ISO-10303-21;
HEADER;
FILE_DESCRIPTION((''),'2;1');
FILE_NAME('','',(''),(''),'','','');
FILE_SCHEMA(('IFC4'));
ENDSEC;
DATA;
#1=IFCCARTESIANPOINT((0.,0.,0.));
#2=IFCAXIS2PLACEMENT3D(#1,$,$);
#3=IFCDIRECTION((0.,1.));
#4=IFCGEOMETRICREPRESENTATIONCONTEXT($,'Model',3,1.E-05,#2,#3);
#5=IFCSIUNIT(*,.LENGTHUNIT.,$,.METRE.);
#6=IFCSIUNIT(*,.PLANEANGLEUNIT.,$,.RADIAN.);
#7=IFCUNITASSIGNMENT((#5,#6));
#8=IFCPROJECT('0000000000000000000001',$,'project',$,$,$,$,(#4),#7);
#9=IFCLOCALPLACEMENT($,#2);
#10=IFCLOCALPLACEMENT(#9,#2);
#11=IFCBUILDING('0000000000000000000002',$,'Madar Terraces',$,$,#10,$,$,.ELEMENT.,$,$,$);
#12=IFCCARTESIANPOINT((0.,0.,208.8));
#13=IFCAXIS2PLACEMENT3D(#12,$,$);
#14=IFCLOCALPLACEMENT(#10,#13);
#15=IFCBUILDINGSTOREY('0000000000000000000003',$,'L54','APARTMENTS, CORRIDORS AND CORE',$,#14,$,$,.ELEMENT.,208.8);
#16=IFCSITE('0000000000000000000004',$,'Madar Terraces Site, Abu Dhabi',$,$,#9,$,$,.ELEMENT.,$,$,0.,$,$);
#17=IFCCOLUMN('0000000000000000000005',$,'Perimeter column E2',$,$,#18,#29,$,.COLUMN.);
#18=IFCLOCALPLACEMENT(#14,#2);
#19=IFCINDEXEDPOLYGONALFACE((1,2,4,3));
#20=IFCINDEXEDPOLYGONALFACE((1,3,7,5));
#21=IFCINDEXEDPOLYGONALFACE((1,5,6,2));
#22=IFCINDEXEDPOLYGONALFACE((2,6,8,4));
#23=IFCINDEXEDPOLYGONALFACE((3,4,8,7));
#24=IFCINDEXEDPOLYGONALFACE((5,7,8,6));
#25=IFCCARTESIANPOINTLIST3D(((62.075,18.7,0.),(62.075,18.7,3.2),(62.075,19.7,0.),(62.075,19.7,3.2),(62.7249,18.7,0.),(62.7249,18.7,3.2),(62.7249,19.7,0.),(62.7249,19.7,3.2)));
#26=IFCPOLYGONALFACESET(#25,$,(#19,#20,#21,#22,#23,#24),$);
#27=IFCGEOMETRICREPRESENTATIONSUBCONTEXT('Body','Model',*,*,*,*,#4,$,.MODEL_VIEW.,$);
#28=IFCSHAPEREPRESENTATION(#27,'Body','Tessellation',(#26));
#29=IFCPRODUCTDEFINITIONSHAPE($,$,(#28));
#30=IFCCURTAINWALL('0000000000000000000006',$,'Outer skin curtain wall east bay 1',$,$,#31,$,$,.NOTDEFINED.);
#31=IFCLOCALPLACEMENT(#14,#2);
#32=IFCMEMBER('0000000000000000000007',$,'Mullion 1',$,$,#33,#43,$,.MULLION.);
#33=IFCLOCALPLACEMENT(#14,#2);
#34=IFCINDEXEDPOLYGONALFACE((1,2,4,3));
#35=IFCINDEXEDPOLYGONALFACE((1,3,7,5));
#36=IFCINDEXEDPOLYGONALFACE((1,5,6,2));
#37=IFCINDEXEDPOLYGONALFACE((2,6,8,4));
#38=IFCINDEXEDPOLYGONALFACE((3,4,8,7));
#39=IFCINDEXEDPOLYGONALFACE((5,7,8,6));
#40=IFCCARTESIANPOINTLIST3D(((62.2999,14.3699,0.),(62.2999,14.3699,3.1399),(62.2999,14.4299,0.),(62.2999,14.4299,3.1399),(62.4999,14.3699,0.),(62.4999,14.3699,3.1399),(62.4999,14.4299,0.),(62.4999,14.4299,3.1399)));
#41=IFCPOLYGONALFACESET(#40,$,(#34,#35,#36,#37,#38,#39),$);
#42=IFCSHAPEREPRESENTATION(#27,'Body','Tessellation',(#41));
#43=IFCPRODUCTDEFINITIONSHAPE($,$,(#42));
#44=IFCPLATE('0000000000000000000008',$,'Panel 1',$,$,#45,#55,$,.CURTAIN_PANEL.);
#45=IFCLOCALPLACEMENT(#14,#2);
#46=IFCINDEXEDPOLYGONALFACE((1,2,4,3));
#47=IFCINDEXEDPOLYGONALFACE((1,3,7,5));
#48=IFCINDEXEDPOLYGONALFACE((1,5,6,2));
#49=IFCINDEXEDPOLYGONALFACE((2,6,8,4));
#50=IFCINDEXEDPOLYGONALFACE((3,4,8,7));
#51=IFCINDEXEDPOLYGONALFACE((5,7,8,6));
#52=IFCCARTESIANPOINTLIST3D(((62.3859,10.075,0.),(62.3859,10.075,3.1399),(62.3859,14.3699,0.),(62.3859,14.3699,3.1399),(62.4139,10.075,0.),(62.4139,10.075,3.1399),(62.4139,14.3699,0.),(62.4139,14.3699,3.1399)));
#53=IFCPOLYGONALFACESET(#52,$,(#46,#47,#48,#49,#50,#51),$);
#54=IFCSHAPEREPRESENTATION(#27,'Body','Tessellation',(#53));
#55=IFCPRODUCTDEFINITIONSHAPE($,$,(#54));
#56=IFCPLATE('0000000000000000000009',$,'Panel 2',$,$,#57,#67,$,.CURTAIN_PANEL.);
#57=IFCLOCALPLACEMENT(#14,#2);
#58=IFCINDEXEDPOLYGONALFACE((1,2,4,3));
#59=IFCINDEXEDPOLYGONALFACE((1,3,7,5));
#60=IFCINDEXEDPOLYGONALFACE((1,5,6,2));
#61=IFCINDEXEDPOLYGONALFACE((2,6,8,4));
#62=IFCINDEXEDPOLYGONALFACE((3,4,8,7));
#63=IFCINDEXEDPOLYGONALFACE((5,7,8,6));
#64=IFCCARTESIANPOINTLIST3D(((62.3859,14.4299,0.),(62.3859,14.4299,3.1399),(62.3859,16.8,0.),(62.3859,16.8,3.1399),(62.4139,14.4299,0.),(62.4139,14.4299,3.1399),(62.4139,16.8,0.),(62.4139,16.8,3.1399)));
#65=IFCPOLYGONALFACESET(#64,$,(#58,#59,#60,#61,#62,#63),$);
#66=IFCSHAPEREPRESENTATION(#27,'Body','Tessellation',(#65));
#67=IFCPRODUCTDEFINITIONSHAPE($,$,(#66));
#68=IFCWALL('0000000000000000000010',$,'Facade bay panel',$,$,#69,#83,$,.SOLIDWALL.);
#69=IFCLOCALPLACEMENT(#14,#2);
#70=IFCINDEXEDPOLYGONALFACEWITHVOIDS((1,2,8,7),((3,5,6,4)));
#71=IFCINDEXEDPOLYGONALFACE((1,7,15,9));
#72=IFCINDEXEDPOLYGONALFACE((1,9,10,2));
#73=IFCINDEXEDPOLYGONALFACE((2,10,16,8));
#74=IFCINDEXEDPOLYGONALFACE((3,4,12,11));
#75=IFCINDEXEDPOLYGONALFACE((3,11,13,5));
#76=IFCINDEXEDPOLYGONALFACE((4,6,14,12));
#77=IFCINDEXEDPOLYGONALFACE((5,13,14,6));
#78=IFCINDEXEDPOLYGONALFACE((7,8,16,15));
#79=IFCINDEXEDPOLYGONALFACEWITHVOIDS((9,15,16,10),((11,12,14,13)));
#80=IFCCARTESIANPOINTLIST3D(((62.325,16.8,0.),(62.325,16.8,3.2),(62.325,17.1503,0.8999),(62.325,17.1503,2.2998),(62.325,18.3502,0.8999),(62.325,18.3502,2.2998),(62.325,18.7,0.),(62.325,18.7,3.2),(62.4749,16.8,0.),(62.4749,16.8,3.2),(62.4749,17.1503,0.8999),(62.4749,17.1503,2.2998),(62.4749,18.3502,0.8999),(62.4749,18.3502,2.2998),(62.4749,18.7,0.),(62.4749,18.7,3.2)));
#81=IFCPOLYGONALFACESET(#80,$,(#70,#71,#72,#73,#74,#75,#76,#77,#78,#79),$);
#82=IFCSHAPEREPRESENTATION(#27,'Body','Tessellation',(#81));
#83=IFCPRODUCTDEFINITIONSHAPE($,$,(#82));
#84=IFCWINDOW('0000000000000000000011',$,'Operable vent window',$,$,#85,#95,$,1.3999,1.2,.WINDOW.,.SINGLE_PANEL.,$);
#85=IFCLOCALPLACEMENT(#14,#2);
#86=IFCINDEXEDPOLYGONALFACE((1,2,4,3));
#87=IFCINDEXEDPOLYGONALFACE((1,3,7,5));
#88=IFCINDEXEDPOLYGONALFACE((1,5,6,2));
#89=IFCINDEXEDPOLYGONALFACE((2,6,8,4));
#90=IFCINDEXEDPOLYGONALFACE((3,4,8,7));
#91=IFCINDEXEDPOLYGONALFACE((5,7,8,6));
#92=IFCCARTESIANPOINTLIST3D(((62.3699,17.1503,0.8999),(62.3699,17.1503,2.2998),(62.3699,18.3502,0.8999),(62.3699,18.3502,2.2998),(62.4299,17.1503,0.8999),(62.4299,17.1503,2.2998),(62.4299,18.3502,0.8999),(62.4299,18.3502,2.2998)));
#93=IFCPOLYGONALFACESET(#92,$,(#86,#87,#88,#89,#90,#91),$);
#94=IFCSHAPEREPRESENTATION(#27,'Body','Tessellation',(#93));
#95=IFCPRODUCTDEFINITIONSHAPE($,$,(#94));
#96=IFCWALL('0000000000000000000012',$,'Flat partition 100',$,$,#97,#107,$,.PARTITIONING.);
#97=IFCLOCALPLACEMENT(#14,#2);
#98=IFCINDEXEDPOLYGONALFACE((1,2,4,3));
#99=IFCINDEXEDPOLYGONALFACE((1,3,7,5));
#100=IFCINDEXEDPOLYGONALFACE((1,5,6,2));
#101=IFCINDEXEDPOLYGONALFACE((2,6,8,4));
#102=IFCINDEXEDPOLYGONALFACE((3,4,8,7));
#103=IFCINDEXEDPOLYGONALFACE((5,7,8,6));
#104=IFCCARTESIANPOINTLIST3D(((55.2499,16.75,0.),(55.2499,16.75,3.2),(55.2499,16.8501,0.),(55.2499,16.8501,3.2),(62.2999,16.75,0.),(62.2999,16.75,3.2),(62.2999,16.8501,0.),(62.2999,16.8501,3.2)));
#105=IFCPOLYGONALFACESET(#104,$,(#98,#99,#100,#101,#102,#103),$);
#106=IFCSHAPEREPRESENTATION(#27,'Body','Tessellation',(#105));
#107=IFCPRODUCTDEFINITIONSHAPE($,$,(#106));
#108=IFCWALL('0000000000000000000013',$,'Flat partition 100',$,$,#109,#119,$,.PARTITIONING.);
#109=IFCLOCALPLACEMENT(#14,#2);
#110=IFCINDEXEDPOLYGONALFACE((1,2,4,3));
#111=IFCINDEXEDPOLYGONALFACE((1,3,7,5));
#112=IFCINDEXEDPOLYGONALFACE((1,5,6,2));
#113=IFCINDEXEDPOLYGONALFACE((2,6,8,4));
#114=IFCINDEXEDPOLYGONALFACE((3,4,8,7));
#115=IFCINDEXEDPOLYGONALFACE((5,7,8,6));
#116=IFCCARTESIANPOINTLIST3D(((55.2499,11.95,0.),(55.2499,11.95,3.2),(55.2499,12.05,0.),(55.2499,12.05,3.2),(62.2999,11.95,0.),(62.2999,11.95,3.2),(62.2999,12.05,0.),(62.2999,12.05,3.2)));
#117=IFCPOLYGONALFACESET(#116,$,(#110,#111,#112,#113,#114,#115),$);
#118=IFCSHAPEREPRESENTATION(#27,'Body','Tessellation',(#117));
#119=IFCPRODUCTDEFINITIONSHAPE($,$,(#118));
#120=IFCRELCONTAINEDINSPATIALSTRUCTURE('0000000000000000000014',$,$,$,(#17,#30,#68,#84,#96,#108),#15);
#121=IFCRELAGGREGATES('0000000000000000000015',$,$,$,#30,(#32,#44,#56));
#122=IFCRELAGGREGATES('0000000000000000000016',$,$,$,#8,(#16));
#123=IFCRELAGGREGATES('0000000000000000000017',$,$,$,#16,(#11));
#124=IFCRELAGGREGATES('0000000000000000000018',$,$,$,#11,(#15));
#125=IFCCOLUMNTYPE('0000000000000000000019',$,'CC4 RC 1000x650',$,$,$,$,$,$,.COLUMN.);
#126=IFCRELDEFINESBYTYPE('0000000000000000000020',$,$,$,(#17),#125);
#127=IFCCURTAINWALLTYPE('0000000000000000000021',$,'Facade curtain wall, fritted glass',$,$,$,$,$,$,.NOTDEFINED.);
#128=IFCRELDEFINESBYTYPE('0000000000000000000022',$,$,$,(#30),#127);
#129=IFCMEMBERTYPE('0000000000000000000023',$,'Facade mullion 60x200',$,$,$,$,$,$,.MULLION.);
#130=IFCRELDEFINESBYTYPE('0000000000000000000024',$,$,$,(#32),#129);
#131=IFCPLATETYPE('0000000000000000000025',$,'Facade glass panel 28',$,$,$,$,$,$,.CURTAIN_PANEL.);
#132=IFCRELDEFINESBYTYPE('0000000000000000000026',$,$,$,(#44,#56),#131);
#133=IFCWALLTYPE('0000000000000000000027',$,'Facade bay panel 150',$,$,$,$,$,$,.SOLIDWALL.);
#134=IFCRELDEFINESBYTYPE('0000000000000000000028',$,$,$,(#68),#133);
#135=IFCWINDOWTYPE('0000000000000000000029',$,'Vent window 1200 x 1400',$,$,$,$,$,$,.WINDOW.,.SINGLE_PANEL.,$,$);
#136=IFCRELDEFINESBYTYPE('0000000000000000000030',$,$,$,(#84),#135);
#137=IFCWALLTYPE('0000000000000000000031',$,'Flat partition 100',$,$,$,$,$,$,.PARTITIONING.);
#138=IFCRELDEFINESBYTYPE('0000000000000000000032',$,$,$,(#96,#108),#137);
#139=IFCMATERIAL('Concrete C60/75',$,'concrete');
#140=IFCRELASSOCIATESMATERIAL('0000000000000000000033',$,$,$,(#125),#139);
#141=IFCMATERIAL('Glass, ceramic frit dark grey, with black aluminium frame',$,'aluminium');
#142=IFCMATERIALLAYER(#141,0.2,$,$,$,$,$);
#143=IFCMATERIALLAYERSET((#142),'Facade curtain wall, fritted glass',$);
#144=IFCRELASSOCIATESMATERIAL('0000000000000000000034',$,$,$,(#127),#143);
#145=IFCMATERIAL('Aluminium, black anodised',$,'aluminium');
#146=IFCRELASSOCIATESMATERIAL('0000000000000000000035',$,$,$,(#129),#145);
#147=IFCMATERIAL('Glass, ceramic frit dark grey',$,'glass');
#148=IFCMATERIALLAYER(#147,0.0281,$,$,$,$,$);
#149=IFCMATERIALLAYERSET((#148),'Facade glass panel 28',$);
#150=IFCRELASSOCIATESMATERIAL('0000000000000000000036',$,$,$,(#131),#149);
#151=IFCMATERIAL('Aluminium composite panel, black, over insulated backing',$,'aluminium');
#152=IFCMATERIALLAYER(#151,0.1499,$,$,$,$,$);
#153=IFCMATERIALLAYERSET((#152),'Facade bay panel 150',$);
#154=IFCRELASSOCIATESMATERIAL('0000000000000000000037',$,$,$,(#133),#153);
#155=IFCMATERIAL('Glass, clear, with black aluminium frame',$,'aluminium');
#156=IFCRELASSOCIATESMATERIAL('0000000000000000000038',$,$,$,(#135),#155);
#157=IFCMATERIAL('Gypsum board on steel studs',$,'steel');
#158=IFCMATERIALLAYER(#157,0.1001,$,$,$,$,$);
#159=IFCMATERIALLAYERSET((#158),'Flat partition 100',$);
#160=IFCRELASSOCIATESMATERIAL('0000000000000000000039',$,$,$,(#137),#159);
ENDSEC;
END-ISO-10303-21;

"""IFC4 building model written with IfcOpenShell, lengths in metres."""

from ifc_helpers import new_model, si_unit, direction, frame, frame_2d, origin, origin_2d, place, context, subcontext, project, spatial, rectangle, extrude, material, layer, layer_set, material_profile, profile_set, type_object, element, fill, aggregate, save


model = new_model("IFC4")

# Units and contexts
model_context = context("Model", 3, precision=1e-05, world=origin(), true_north=direction((0.0, 1.0)))
body_context = subcontext(model_context, "Body", "Model", "MODEL_VIEW")
ifc_project = project(units=[si_unit("LENGTHUNIT", "METRE"), si_unit("PLANEANGLEUNIT", "RADIAN")], contexts=[model_context])

# Site, building, storey
site_placement = place(None, origin())
site = spatial("IfcSite", under=ifc_project, at=site_placement, Name="Madar Terraces Site, Abu Dhabi", CompositionType="ELEMENT", RefElevation=0.0)
building_placement = place(site_placement, origin())
building = spatial("IfcBuilding", under=site, at=building_placement, Name="Madar Terraces", CompositionType="ELEMENT")
storey_placement = place(building_placement, frame((0.0, 0.0, 208.8)))
storey = spatial("IfcBuildingStorey", under=building, at=storey_placement, Name="L54", Description="APARTMENTS, CORRIDORS AND CORE", CompositionType="ELEMENT", Elevation=208.8)

# Column
ifc_material_1 = material(Name="Concrete C60/75", Category="concrete")
ifc_material_profile_1 = material_profile(ifc_material_1, rectangle(XDim=1.0, YDim=0.6499, at=origin_2d()), Name="CC4 RC 1000x650")
ifc_profile_set_1 = profile_set([ifc_material_profile_1], Name="Concrete C60/75")
column_type = type_object("IfcColumnType", Name="CC4 RC 1000x650", PredefinedType="COLUMN", material=ifc_profile_set_1)
column_placement = place(storey_placement, frame((62.3999, 19.2, 0.0), z_axis=(0.0, 0.0, 1.0), x_axis=(0.0, 1.0, 0.0)))
element("IfcColumn", 1, at=column_placement, inside=storey, type_object=column_type, Name="Perimeter column E2", PredefinedType="COLUMN", context=body_context, shape_type="SweptSolid", body=[
    extrude(rectangle(XDim=1.0, YDim=0.6499, at=origin_2d()), origin(), (0.0, 0.0, 1.0), 3.2),
])

# Curtain wall, member, plates
ifc_material_2 = material(Name="Glass, ceramic frit dark grey, with black aluminium frame", Category="aluminium")
ifc_layer_1 = layer(ifc_material_2, 0.2)
ifc_layer_set_1 = layer_set([ifc_layer_1], Name="Facade curtain wall, fritted glass")
curtain_wall_type = type_object("IfcCurtainWallType", Name="Facade curtain wall, fritted glass", PredefinedType="NOTDEFINED", material=ifc_layer_set_1)
curtain_wall_placement = place(storey_placement, origin())
curtain_wall = element("IfcCurtainWall", 2, at=curtain_wall_placement, inside=storey, type_object=curtain_wall_type, Name="Outer skin curtain wall east bay 1", PredefinedType="NOTDEFINED")
ifc_material_3 = material(Name="Aluminium, black anodised", Category="aluminium")
ifc_material_profile_2 = material_profile(ifc_material_3, rectangle(XDim=0.2, YDim=0.0601, at=origin_2d()), Name="Facade mullion 60x200")
ifc_profile_set_2 = profile_set([ifc_material_profile_2], Name="Aluminium, black anodised")
member_type = type_object("IfcMemberType", Name="Facade mullion 60x200", PredefinedType="MULLION", material=ifc_profile_set_2)
member_placement = place(storey_placement, frame((62.3999, 14.3999, 0.0), z_axis=(0.0, 0.0, 1.0), x_axis=(-1.0, 0.0, 0.0)))
member = element("IfcMember", 3, at=member_placement, type_object=member_type, Name="Mullion 1", PredefinedType="MULLION", context=body_context, shape_type="SweptSolid", body=[
    extrude(rectangle(XDim=0.2, YDim=0.0601, at=origin_2d()), origin(), (0.0, 0.0, 1.0), 3.1399),
])
ifc_material_4 = material(Name="Glass, ceramic frit dark grey", Category="glass")
ifc_layer_2 = layer(ifc_material_4, 0.0281)
ifc_layer_set_2 = layer_set([ifc_layer_2], Name="Facade glass panel 28")
plate_type = type_object("IfcPlateType", Name="Facade glass panel 28", PredefinedType="CURTAIN_PANEL", material=ifc_layer_set_2)
plate_1_placement = place(storey_placement, frame((62.3999, 12.2224, 0.0), z_axis=(0.0, 0.0, 1.0), x_axis=(0.0, 1.0, 0.0)))
plate_1 = element("IfcPlate", 4, at=plate_1_placement, type_object=plate_type, Name="Panel 1", PredefinedType="CURTAIN_PANEL", context=body_context, shape_type="SweptSolid", body=[
    extrude(rectangle(XDim=4.2949, YDim=0.0281, at=origin_2d()), origin(), (0.0, 0.0, 1.0), 3.1399),
])
plate_2_placement = place(storey_placement, frame((62.3999, 15.615, 0.0), z_axis=(0.0, 0.0, 1.0), x_axis=(0.0, 1.0, 0.0)))
plate_2 = element("IfcPlate", 5, at=plate_2_placement, type_object=plate_type, Name="Panel 2", PredefinedType="CURTAIN_PANEL", context=body_context, shape_type="SweptSolid", body=[
    extrude(rectangle(XDim=2.3701, YDim=0.0281, at=origin_2d()), origin(), (0.0, 0.0, 1.0), 3.1399),
])
aggregate(curtain_wall, [member, plate_1, plate_2])

# Wall, opening, window
ifc_material_5 = material(Name="Aluminium composite panel, black, over insulated backing", Category="aluminium")
ifc_layer_3 = layer(ifc_material_5, 0.1499)
ifc_layer_set_3 = layer_set([ifc_layer_3], Name="Facade bay panel 150")
wall_type_1 = type_object("IfcWallType", Name="Facade bay panel 150", PredefinedType="SOLIDWALL", material=ifc_layer_set_3)
wall_1_placement = place(storey_placement, frame((62.3999, 16.8, 0.0), z_axis=(0.0, 0.0, 1.0), x_axis=(0.0, 1.0, 0.0)))
wall_1 = element("IfcWall", 6, at=wall_1_placement, inside=storey, type_object=wall_type_1, Name="Facade bay panel", PredefinedType="SOLIDWALL", context=body_context, shape_type="SweptSolid", body=[
    extrude(rectangle(XDim=1.8999, YDim=0.1499, at=frame_2d((0.95, 0.0))), origin(), (0.0, 0.0, 1.0), 3.2),
])
opening_1_placement = place(wall_1_placement, frame((0.3501, 0.0, 0.8999)))
opening_1 = element("IfcOpeningElement", 7, at=opening_1_placement, cuts=wall_1, PredefinedType="OPENING", context=body_context, shape_type="SweptSolid", body=[
    extrude(rectangle(XDim=1.2, YDim=1.3999, at=frame_2d((0.6001, 0.7))), frame((0.0, 0.085, 0.0), z_axis=(0.0, -1.0, 0.0), x_axis=(1.0, 0.0, 0.0)), (0.0, 0.0, 1.0), 0.1699),
])
ifc_material_6 = material(Name="Glass, clear, with black aluminium frame", Category="aluminium")
window_type = type_object("IfcWindowType", Name="Vent window 1200 x 1400", PartitioningType="SINGLE_PANEL", PredefinedType="WINDOW", material=ifc_material_6)
window_placement = place(opening_1_placement, origin())
window = element("IfcWindow", 8, at=window_placement, inside=storey, type_object=window_type, Name="Operable vent window", OverallHeight=1.3999, OverallWidth=1.2, PartitioningType="SINGLE_PANEL", PredefinedType="WINDOW", context=body_context, shape_type="SweptSolid", body=[
    extrude(rectangle(XDim=1.2, YDim=1.3999, at=frame_2d((0.6001, 0.7))), frame((0.0, 0.03, 0.0), z_axis=(0.0, -1.0, 0.0), x_axis=(1.0, 0.0, 0.0)), (0.0, 0.0, 1.0), 0.0601),
])
fill(opening_1, window)

# Walls
ifc_material_7 = material(Name="Gypsum board on steel studs", Category="steel")
ifc_layer_4 = layer(ifc_material_7, 0.1001)
ifc_layer_set_4 = layer_set([ifc_layer_4], Name="Flat partition 100")
wall_type_2 = type_object("IfcWallType", Name="Flat partition 100", PredefinedType="PARTITIONING", material=ifc_layer_set_4)
for number, where, z_axis, x_axis, name in (
    (9, (55.25, 16.8, 0.0), (0.0, 0.0, 1.0), (1.0, 0.0, 0.0), "Flat partition 100"),
    (10, (55.25, 12.0, 0.0), (0.0, 0.0, 1.0), (1.0, 0.0, 0.0), "Flat partition 100"),
):
    element("IfcWall", number, at=place(storey_placement, frame(where, z_axis=z_axis, x_axis=x_axis)), inside=storey, type_object=wall_type_2, Name=name, PredefinedType="PARTITIONING", context=body_context, shape_type="SweptSolid", body=[
        extrude(rectangle(XDim=7.05, YDim=0.1001, at=frame_2d((3.5249, 0.0))), origin(), (0.0, 0.0, 1.0), 3.2),
    ])

save(model, "model.ifc")
